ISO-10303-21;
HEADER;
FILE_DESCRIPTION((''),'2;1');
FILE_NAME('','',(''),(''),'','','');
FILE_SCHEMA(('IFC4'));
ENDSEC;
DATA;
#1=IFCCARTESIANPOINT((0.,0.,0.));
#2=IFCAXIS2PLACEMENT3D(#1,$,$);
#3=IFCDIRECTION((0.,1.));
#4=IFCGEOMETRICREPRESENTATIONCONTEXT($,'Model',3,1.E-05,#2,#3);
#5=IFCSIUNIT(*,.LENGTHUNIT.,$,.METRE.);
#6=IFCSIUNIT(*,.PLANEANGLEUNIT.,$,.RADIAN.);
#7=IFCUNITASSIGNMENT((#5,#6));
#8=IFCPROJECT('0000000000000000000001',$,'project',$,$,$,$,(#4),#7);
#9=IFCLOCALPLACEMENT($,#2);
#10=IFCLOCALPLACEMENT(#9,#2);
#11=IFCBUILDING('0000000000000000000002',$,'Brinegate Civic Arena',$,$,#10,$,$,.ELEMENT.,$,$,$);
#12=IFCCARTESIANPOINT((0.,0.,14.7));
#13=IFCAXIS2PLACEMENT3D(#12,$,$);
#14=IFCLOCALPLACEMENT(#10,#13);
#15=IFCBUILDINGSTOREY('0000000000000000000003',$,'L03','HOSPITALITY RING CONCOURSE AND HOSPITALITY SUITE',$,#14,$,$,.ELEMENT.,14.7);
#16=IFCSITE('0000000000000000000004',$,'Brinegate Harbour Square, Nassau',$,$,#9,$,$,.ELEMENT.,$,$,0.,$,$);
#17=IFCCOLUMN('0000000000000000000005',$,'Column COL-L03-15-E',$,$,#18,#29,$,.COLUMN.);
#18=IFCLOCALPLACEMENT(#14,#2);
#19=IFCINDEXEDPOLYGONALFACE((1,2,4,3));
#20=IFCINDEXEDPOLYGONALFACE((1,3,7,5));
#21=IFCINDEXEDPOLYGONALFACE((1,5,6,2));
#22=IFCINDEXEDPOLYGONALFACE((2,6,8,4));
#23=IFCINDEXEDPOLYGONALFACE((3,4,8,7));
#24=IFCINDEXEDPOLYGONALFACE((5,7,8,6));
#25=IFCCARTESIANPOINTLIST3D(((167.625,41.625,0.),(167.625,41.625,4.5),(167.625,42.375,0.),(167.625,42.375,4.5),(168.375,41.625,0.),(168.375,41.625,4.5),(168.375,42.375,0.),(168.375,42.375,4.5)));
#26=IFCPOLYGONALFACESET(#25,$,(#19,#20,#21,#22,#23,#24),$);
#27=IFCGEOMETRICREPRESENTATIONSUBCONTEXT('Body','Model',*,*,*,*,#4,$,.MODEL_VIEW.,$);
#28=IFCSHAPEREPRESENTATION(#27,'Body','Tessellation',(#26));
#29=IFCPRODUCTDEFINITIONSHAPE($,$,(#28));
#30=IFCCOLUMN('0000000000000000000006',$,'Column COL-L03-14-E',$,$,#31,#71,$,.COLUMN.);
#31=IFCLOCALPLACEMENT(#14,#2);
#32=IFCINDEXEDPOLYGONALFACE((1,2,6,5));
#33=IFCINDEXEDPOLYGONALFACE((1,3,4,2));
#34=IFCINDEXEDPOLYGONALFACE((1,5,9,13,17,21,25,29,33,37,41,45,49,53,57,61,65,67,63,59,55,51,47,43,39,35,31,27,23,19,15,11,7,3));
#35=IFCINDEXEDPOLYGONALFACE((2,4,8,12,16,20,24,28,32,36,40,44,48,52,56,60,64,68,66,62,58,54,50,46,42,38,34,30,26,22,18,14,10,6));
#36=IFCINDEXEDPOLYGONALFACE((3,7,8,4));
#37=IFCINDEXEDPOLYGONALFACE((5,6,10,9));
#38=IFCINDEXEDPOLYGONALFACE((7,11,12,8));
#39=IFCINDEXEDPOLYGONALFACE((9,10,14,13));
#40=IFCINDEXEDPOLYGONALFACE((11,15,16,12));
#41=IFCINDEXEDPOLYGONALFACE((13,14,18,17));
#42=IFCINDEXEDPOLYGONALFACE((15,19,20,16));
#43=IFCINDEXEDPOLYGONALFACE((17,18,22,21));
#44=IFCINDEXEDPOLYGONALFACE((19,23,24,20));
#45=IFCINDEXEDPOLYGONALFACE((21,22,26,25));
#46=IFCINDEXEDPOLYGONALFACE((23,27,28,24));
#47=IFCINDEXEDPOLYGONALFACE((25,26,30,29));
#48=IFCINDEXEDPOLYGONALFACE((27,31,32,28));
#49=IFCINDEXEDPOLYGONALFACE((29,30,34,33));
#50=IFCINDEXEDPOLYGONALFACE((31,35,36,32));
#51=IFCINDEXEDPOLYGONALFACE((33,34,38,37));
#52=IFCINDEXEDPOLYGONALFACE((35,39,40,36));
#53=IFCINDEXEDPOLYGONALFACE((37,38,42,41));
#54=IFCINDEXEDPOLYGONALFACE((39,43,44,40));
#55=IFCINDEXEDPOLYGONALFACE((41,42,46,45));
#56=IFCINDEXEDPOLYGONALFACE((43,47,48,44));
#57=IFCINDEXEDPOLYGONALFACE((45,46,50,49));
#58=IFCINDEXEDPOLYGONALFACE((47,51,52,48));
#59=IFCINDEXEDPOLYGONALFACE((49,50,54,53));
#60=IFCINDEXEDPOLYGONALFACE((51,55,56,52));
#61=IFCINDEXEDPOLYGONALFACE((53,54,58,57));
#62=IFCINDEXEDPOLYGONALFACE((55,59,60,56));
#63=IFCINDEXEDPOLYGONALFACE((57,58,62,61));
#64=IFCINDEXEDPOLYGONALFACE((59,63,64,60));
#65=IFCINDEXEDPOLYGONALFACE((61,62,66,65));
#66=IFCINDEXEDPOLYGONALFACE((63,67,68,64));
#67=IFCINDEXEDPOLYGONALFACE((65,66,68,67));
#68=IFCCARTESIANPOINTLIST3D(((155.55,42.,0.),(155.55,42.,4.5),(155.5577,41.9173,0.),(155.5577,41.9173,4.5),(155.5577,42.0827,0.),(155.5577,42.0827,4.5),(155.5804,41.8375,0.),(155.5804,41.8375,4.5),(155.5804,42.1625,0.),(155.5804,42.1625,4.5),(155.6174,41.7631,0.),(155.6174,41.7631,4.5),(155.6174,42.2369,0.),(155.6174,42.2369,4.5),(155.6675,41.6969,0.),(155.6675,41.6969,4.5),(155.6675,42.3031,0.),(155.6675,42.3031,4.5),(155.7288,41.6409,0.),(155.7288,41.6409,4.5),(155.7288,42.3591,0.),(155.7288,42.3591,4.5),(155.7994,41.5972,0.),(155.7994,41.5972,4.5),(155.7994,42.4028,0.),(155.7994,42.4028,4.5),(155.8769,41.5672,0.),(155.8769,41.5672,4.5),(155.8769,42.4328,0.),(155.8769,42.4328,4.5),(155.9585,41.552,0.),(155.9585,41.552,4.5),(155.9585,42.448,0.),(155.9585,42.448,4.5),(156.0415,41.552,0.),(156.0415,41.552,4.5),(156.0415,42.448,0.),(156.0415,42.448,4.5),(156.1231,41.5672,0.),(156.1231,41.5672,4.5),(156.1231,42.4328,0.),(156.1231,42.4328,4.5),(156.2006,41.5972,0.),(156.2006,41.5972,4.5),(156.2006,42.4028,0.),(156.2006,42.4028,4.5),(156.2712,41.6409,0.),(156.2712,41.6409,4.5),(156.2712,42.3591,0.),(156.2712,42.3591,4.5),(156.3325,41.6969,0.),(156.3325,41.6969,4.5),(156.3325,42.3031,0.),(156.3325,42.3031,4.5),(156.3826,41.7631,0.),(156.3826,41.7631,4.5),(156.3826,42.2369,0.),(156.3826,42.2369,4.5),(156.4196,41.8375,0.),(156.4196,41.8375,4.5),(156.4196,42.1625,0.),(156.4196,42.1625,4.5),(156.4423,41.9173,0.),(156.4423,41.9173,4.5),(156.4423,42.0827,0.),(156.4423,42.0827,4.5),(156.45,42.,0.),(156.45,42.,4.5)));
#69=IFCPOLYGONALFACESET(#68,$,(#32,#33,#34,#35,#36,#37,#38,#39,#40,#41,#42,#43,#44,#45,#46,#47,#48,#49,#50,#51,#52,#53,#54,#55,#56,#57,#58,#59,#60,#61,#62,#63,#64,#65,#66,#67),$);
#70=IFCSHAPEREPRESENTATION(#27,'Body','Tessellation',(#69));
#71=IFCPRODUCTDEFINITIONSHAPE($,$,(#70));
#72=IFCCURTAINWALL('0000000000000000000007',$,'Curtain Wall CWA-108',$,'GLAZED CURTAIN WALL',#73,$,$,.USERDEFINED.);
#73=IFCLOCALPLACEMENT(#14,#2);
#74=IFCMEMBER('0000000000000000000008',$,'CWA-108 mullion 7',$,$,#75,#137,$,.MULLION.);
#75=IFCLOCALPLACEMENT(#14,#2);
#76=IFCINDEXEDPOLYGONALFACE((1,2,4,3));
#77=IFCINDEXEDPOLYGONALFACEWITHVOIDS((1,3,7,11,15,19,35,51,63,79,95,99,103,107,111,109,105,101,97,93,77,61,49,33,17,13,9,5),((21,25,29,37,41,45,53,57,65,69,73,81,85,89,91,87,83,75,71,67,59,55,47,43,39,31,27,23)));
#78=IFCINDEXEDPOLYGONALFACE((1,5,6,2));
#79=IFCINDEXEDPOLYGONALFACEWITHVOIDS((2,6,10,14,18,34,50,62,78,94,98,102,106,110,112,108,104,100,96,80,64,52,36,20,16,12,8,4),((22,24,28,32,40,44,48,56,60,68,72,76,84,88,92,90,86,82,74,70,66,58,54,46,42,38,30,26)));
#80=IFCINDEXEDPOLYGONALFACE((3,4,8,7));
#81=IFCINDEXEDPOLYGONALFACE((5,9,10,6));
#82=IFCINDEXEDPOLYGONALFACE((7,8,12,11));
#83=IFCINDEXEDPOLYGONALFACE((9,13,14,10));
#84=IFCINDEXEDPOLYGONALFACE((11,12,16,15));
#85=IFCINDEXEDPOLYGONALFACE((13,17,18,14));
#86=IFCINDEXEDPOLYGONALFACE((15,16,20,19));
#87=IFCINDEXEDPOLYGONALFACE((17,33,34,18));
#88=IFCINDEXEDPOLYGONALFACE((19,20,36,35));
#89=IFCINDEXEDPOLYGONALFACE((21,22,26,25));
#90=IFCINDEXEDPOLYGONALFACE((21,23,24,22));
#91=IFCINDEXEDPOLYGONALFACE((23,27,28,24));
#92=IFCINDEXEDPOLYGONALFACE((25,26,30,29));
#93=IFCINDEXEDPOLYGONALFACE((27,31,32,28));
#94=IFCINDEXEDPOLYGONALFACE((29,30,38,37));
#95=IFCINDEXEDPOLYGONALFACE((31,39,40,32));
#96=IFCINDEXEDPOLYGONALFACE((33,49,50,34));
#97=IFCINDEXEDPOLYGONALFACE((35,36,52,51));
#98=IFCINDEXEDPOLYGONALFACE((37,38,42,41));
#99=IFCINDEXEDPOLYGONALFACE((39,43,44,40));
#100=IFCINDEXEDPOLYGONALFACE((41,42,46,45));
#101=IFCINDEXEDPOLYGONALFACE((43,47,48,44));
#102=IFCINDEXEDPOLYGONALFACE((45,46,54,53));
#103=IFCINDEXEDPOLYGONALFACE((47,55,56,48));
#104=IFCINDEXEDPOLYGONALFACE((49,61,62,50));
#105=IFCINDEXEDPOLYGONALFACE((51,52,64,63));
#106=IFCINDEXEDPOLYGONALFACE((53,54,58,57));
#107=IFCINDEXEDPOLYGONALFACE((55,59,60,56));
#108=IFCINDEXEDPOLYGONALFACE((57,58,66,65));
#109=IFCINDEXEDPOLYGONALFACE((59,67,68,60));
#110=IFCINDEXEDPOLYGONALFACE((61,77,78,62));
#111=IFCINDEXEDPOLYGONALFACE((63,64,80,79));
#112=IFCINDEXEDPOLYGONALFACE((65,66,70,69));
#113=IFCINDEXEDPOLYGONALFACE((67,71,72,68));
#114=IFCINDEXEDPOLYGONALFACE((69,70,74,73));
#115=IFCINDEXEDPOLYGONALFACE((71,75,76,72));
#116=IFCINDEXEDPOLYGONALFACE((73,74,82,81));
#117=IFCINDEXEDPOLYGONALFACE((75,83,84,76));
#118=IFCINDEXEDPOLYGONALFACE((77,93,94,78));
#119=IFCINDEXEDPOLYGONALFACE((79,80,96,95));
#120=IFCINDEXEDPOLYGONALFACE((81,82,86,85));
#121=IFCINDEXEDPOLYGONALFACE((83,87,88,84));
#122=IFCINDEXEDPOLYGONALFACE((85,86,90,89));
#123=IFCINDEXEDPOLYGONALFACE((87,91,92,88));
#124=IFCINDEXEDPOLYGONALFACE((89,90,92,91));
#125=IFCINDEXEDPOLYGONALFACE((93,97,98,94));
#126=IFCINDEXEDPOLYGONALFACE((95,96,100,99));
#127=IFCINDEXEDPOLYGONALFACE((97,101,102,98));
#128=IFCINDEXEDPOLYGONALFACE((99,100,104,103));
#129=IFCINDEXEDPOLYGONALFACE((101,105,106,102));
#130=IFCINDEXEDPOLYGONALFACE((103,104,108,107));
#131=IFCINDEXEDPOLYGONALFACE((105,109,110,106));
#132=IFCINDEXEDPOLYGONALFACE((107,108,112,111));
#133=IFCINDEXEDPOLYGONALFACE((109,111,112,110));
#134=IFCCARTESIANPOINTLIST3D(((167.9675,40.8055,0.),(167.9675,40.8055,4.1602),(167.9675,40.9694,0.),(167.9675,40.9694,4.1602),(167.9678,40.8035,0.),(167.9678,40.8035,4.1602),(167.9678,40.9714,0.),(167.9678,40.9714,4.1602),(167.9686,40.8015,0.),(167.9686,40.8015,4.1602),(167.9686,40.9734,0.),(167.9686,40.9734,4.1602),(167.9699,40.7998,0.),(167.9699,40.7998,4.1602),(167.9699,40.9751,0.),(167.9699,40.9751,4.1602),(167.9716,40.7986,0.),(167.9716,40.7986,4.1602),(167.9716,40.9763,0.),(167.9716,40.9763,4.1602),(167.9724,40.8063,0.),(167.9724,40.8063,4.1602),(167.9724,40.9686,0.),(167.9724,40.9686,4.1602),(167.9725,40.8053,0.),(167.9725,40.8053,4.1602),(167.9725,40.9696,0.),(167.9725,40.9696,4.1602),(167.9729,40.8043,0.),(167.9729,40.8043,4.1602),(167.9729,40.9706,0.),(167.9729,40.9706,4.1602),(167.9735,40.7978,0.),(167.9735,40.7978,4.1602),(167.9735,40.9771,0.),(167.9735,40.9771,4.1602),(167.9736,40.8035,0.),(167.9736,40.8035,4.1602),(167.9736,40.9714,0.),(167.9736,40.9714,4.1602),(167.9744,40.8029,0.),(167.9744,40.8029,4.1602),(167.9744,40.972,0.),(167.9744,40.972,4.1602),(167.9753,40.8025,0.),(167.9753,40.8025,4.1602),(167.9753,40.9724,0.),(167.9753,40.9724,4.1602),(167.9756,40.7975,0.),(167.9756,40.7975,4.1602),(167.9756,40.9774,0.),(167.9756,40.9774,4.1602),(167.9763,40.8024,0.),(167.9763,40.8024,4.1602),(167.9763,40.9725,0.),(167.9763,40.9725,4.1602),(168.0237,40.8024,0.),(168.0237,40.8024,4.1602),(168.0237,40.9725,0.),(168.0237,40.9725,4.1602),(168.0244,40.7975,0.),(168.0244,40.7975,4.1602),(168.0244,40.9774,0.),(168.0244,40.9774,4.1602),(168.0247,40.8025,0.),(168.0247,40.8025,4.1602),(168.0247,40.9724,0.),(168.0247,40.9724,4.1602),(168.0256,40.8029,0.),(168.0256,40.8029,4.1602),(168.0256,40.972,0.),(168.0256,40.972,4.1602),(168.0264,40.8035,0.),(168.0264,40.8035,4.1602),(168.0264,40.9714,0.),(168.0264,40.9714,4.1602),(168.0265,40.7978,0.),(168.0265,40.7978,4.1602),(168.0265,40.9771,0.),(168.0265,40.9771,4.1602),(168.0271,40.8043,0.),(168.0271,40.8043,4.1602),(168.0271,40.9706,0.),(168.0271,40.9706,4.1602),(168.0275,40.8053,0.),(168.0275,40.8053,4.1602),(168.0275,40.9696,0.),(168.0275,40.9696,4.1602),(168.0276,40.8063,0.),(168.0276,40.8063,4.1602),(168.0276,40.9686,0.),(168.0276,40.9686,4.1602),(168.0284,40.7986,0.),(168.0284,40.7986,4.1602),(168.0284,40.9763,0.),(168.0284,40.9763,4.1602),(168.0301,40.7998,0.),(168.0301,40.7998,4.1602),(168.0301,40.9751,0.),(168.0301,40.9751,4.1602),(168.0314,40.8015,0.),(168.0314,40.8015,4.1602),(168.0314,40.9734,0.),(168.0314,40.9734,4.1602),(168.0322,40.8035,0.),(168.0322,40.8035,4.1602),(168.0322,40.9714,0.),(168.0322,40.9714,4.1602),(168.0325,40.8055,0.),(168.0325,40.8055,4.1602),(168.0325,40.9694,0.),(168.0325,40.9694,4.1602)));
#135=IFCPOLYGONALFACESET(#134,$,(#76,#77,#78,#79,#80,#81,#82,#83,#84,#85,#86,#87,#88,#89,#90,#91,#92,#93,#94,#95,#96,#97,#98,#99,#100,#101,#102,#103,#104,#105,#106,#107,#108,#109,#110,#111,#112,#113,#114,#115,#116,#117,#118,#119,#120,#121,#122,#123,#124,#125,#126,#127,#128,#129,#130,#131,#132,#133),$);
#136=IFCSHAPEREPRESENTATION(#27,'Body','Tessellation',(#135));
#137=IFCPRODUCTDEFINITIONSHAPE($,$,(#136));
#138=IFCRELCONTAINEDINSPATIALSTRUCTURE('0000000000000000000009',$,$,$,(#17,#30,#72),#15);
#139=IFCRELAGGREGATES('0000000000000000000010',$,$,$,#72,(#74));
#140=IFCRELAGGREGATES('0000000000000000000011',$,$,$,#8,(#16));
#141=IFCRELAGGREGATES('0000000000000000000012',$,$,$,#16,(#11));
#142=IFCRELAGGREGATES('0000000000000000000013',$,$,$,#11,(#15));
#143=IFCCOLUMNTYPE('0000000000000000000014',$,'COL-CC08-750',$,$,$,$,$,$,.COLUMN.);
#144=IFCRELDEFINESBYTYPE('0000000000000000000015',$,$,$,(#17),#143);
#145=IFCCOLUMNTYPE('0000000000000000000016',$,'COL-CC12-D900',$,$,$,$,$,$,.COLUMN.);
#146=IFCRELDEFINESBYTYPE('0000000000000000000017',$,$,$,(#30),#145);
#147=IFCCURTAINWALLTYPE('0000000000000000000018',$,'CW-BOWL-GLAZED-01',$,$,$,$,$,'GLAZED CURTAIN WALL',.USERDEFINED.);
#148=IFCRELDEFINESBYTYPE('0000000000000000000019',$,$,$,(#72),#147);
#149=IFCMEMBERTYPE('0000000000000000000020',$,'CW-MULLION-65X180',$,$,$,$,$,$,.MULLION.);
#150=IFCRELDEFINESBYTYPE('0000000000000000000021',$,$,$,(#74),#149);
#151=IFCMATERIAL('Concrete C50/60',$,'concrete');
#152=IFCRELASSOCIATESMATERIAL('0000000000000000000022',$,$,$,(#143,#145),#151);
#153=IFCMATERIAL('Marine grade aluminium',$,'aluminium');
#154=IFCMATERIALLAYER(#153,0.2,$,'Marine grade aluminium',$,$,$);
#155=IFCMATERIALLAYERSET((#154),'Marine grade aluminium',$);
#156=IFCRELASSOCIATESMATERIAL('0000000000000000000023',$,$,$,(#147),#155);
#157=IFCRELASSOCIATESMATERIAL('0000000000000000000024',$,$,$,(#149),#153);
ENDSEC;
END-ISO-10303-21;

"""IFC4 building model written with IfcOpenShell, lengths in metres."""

from ifc_helpers import new_model, si_unit, direction, frame, origin, origin_2d, place, context, subcontext, project, spatial, rectangle, hollow_rectangle, circle, extrude, material, layer, layer_set, material_profile, profile_set, type_object, element, aggregate, save


model = new_model("IFC4")

# Units and contexts
model_context = context("Model", 3, precision=1e-05, world=origin(), true_north=direction((0.0, 1.0)))
body_context = subcontext(model_context, "Body", "Model", "MODEL_VIEW")
ifc_project = project(units=[si_unit("LENGTHUNIT", "METRE"), si_unit("PLANEANGLEUNIT", "RADIAN")], contexts=[model_context])

# Site, building, storey
site_placement = place(None, origin())
site = spatial("IfcSite", under=ifc_project, at=site_placement, Name="Brinegate Harbour Square, Nassau", CompositionType="ELEMENT", RefElevation=0.0)
building_placement = place(site_placement, origin())
building = spatial("IfcBuilding", under=site, at=building_placement, Name="Brinegate Civic Arena", CompositionType="ELEMENT")
storey_placement = place(building_placement, frame((0.0, 0.0, 14.7)))
storey = spatial("IfcBuildingStorey", under=building, at=storey_placement, Name="L03", Description="HOSPITALITY RING CONCOURSE AND HOSPITALITY SUITE", CompositionType="ELEMENT", Elevation=14.7)

# Columns
ifc_material_1 = material(Name="Concrete C50/60", Category="concrete")
ifc_material_profile_1 = material_profile(ifc_material_1, rectangle(XDim=0.75, YDim=0.75, at=origin_2d()), Name="RC750X750")
ifc_profile_set_1 = profile_set([ifc_material_profile_1], Name="Concrete C50/60")
column_type_1 = type_object("IfcColumnType", Name="COL-CC08-750", PredefinedType="COLUMN", material=ifc_profile_set_1)
column_1_placement = place(storey_placement, frame((168.0, 42.0, 0.0), z_axis=(0.0, 0.0, 1.0), x_axis=(1.0, 0.0, 0.0)))
element("IfcColumn", 1, at=column_1_placement, inside=storey, type_object=column_type_1, Name="Column COL-L03-15-E", PredefinedType="COLUMN", context=body_context, shape_type="SweptSolid", body=[
    extrude(rectangle(XDim=0.75, YDim=0.75, at=origin_2d()), origin(), (0.0, 0.0, 1.0), 4.5),
])
ifc_material_profile_2 = material_profile(ifc_material_1, circle(Radius=0.45, at=origin_2d()), Name="RCD900")
ifc_profile_set_2 = profile_set([ifc_material_profile_2], Name="Concrete C50/60")
column_type_2 = type_object("IfcColumnType", Name="COL-CC12-D900", PredefinedType="COLUMN", material=ifc_profile_set_2)
column_2_placement = place(storey_placement, frame((156.0, 42.0, 0.0), z_axis=(0.0, 0.0, 1.0), x_axis=(1.0, 0.0, 0.0)))
element("IfcColumn", 2, at=column_2_placement, inside=storey, type_object=column_type_2, Name="Column COL-L03-14-E", PredefinedType="COLUMN", context=body_context, shape_type="SweptSolid", body=[
    extrude(circle(Radius=0.45, at=origin_2d()), origin(), (0.0, 0.0, 1.0), 4.5),
])

# Curtain wall, member
ifc_material_2 = material(Name="Marine grade aluminium", Category="aluminium")
ifc_layer_1 = layer(ifc_material_2, 0.2, Name="Marine grade aluminium")
ifc_layer_set_1 = layer_set([ifc_layer_1], Name="Marine grade aluminium")
curtain_wall_type = type_object("IfcCurtainWallType", Name="CW-BOWL-GLAZED-01", ElementType="GLAZED CURTAIN WALL", PredefinedType="USERDEFINED", material=ifc_layer_set_1)
curtain_wall_1_placement = place(storey_placement, origin())
curtain_wall_1 = element("IfcCurtainWall", 3, at=curtain_wall_1_placement, inside=storey, type_object=curtain_wall_type, Name="Curtain Wall CWA-108", ObjectType="GLAZED CURTAIN WALL", PredefinedType="USERDEFINED")
ifc_material_profile_3 = material_profile(ifc_material_2, hollow_rectangle(XDim=0.0649, YDim=0.1799, WallThickness=0.0049, InnerFilletRadius=0.0039, OuterFilletRadius=0.0081, at=origin_2d()), Name="MUL65X180")
ifc_profile_set_3 = profile_set([ifc_material_profile_3], Name="Marine grade aluminium")
member_type_1 = type_object("IfcMemberType", Name="CW-MULLION-65X180", PredefinedType="MULLION", material=ifc_profile_set_3)
member_1_placement = place(storey_placement, frame((168.0, 40.8875, 0.0), z_axis=(0.0, 0.0, 1.0), x_axis=(-1.0, 0.0, 0.0)))
member_1 = element("IfcMember", 4, at=member_1_placement, type_object=member_type_1, Name="CWA-108 mullion 7", PredefinedType="MULLION", context=body_context, shape_type="SweptSolid", body=[
    extrude(hollow_rectangle(XDim=0.0649, YDim=0.1799, WallThickness=0.0049, InnerFilletRadius=0.0039, OuterFilletRadius=0.0081, at=origin_2d()), origin(), (0.0, 0.0, 1.0), 4.1602),
])

aggregate(curtain_wall_1, [member_1])

save(model, "model.ifc")
